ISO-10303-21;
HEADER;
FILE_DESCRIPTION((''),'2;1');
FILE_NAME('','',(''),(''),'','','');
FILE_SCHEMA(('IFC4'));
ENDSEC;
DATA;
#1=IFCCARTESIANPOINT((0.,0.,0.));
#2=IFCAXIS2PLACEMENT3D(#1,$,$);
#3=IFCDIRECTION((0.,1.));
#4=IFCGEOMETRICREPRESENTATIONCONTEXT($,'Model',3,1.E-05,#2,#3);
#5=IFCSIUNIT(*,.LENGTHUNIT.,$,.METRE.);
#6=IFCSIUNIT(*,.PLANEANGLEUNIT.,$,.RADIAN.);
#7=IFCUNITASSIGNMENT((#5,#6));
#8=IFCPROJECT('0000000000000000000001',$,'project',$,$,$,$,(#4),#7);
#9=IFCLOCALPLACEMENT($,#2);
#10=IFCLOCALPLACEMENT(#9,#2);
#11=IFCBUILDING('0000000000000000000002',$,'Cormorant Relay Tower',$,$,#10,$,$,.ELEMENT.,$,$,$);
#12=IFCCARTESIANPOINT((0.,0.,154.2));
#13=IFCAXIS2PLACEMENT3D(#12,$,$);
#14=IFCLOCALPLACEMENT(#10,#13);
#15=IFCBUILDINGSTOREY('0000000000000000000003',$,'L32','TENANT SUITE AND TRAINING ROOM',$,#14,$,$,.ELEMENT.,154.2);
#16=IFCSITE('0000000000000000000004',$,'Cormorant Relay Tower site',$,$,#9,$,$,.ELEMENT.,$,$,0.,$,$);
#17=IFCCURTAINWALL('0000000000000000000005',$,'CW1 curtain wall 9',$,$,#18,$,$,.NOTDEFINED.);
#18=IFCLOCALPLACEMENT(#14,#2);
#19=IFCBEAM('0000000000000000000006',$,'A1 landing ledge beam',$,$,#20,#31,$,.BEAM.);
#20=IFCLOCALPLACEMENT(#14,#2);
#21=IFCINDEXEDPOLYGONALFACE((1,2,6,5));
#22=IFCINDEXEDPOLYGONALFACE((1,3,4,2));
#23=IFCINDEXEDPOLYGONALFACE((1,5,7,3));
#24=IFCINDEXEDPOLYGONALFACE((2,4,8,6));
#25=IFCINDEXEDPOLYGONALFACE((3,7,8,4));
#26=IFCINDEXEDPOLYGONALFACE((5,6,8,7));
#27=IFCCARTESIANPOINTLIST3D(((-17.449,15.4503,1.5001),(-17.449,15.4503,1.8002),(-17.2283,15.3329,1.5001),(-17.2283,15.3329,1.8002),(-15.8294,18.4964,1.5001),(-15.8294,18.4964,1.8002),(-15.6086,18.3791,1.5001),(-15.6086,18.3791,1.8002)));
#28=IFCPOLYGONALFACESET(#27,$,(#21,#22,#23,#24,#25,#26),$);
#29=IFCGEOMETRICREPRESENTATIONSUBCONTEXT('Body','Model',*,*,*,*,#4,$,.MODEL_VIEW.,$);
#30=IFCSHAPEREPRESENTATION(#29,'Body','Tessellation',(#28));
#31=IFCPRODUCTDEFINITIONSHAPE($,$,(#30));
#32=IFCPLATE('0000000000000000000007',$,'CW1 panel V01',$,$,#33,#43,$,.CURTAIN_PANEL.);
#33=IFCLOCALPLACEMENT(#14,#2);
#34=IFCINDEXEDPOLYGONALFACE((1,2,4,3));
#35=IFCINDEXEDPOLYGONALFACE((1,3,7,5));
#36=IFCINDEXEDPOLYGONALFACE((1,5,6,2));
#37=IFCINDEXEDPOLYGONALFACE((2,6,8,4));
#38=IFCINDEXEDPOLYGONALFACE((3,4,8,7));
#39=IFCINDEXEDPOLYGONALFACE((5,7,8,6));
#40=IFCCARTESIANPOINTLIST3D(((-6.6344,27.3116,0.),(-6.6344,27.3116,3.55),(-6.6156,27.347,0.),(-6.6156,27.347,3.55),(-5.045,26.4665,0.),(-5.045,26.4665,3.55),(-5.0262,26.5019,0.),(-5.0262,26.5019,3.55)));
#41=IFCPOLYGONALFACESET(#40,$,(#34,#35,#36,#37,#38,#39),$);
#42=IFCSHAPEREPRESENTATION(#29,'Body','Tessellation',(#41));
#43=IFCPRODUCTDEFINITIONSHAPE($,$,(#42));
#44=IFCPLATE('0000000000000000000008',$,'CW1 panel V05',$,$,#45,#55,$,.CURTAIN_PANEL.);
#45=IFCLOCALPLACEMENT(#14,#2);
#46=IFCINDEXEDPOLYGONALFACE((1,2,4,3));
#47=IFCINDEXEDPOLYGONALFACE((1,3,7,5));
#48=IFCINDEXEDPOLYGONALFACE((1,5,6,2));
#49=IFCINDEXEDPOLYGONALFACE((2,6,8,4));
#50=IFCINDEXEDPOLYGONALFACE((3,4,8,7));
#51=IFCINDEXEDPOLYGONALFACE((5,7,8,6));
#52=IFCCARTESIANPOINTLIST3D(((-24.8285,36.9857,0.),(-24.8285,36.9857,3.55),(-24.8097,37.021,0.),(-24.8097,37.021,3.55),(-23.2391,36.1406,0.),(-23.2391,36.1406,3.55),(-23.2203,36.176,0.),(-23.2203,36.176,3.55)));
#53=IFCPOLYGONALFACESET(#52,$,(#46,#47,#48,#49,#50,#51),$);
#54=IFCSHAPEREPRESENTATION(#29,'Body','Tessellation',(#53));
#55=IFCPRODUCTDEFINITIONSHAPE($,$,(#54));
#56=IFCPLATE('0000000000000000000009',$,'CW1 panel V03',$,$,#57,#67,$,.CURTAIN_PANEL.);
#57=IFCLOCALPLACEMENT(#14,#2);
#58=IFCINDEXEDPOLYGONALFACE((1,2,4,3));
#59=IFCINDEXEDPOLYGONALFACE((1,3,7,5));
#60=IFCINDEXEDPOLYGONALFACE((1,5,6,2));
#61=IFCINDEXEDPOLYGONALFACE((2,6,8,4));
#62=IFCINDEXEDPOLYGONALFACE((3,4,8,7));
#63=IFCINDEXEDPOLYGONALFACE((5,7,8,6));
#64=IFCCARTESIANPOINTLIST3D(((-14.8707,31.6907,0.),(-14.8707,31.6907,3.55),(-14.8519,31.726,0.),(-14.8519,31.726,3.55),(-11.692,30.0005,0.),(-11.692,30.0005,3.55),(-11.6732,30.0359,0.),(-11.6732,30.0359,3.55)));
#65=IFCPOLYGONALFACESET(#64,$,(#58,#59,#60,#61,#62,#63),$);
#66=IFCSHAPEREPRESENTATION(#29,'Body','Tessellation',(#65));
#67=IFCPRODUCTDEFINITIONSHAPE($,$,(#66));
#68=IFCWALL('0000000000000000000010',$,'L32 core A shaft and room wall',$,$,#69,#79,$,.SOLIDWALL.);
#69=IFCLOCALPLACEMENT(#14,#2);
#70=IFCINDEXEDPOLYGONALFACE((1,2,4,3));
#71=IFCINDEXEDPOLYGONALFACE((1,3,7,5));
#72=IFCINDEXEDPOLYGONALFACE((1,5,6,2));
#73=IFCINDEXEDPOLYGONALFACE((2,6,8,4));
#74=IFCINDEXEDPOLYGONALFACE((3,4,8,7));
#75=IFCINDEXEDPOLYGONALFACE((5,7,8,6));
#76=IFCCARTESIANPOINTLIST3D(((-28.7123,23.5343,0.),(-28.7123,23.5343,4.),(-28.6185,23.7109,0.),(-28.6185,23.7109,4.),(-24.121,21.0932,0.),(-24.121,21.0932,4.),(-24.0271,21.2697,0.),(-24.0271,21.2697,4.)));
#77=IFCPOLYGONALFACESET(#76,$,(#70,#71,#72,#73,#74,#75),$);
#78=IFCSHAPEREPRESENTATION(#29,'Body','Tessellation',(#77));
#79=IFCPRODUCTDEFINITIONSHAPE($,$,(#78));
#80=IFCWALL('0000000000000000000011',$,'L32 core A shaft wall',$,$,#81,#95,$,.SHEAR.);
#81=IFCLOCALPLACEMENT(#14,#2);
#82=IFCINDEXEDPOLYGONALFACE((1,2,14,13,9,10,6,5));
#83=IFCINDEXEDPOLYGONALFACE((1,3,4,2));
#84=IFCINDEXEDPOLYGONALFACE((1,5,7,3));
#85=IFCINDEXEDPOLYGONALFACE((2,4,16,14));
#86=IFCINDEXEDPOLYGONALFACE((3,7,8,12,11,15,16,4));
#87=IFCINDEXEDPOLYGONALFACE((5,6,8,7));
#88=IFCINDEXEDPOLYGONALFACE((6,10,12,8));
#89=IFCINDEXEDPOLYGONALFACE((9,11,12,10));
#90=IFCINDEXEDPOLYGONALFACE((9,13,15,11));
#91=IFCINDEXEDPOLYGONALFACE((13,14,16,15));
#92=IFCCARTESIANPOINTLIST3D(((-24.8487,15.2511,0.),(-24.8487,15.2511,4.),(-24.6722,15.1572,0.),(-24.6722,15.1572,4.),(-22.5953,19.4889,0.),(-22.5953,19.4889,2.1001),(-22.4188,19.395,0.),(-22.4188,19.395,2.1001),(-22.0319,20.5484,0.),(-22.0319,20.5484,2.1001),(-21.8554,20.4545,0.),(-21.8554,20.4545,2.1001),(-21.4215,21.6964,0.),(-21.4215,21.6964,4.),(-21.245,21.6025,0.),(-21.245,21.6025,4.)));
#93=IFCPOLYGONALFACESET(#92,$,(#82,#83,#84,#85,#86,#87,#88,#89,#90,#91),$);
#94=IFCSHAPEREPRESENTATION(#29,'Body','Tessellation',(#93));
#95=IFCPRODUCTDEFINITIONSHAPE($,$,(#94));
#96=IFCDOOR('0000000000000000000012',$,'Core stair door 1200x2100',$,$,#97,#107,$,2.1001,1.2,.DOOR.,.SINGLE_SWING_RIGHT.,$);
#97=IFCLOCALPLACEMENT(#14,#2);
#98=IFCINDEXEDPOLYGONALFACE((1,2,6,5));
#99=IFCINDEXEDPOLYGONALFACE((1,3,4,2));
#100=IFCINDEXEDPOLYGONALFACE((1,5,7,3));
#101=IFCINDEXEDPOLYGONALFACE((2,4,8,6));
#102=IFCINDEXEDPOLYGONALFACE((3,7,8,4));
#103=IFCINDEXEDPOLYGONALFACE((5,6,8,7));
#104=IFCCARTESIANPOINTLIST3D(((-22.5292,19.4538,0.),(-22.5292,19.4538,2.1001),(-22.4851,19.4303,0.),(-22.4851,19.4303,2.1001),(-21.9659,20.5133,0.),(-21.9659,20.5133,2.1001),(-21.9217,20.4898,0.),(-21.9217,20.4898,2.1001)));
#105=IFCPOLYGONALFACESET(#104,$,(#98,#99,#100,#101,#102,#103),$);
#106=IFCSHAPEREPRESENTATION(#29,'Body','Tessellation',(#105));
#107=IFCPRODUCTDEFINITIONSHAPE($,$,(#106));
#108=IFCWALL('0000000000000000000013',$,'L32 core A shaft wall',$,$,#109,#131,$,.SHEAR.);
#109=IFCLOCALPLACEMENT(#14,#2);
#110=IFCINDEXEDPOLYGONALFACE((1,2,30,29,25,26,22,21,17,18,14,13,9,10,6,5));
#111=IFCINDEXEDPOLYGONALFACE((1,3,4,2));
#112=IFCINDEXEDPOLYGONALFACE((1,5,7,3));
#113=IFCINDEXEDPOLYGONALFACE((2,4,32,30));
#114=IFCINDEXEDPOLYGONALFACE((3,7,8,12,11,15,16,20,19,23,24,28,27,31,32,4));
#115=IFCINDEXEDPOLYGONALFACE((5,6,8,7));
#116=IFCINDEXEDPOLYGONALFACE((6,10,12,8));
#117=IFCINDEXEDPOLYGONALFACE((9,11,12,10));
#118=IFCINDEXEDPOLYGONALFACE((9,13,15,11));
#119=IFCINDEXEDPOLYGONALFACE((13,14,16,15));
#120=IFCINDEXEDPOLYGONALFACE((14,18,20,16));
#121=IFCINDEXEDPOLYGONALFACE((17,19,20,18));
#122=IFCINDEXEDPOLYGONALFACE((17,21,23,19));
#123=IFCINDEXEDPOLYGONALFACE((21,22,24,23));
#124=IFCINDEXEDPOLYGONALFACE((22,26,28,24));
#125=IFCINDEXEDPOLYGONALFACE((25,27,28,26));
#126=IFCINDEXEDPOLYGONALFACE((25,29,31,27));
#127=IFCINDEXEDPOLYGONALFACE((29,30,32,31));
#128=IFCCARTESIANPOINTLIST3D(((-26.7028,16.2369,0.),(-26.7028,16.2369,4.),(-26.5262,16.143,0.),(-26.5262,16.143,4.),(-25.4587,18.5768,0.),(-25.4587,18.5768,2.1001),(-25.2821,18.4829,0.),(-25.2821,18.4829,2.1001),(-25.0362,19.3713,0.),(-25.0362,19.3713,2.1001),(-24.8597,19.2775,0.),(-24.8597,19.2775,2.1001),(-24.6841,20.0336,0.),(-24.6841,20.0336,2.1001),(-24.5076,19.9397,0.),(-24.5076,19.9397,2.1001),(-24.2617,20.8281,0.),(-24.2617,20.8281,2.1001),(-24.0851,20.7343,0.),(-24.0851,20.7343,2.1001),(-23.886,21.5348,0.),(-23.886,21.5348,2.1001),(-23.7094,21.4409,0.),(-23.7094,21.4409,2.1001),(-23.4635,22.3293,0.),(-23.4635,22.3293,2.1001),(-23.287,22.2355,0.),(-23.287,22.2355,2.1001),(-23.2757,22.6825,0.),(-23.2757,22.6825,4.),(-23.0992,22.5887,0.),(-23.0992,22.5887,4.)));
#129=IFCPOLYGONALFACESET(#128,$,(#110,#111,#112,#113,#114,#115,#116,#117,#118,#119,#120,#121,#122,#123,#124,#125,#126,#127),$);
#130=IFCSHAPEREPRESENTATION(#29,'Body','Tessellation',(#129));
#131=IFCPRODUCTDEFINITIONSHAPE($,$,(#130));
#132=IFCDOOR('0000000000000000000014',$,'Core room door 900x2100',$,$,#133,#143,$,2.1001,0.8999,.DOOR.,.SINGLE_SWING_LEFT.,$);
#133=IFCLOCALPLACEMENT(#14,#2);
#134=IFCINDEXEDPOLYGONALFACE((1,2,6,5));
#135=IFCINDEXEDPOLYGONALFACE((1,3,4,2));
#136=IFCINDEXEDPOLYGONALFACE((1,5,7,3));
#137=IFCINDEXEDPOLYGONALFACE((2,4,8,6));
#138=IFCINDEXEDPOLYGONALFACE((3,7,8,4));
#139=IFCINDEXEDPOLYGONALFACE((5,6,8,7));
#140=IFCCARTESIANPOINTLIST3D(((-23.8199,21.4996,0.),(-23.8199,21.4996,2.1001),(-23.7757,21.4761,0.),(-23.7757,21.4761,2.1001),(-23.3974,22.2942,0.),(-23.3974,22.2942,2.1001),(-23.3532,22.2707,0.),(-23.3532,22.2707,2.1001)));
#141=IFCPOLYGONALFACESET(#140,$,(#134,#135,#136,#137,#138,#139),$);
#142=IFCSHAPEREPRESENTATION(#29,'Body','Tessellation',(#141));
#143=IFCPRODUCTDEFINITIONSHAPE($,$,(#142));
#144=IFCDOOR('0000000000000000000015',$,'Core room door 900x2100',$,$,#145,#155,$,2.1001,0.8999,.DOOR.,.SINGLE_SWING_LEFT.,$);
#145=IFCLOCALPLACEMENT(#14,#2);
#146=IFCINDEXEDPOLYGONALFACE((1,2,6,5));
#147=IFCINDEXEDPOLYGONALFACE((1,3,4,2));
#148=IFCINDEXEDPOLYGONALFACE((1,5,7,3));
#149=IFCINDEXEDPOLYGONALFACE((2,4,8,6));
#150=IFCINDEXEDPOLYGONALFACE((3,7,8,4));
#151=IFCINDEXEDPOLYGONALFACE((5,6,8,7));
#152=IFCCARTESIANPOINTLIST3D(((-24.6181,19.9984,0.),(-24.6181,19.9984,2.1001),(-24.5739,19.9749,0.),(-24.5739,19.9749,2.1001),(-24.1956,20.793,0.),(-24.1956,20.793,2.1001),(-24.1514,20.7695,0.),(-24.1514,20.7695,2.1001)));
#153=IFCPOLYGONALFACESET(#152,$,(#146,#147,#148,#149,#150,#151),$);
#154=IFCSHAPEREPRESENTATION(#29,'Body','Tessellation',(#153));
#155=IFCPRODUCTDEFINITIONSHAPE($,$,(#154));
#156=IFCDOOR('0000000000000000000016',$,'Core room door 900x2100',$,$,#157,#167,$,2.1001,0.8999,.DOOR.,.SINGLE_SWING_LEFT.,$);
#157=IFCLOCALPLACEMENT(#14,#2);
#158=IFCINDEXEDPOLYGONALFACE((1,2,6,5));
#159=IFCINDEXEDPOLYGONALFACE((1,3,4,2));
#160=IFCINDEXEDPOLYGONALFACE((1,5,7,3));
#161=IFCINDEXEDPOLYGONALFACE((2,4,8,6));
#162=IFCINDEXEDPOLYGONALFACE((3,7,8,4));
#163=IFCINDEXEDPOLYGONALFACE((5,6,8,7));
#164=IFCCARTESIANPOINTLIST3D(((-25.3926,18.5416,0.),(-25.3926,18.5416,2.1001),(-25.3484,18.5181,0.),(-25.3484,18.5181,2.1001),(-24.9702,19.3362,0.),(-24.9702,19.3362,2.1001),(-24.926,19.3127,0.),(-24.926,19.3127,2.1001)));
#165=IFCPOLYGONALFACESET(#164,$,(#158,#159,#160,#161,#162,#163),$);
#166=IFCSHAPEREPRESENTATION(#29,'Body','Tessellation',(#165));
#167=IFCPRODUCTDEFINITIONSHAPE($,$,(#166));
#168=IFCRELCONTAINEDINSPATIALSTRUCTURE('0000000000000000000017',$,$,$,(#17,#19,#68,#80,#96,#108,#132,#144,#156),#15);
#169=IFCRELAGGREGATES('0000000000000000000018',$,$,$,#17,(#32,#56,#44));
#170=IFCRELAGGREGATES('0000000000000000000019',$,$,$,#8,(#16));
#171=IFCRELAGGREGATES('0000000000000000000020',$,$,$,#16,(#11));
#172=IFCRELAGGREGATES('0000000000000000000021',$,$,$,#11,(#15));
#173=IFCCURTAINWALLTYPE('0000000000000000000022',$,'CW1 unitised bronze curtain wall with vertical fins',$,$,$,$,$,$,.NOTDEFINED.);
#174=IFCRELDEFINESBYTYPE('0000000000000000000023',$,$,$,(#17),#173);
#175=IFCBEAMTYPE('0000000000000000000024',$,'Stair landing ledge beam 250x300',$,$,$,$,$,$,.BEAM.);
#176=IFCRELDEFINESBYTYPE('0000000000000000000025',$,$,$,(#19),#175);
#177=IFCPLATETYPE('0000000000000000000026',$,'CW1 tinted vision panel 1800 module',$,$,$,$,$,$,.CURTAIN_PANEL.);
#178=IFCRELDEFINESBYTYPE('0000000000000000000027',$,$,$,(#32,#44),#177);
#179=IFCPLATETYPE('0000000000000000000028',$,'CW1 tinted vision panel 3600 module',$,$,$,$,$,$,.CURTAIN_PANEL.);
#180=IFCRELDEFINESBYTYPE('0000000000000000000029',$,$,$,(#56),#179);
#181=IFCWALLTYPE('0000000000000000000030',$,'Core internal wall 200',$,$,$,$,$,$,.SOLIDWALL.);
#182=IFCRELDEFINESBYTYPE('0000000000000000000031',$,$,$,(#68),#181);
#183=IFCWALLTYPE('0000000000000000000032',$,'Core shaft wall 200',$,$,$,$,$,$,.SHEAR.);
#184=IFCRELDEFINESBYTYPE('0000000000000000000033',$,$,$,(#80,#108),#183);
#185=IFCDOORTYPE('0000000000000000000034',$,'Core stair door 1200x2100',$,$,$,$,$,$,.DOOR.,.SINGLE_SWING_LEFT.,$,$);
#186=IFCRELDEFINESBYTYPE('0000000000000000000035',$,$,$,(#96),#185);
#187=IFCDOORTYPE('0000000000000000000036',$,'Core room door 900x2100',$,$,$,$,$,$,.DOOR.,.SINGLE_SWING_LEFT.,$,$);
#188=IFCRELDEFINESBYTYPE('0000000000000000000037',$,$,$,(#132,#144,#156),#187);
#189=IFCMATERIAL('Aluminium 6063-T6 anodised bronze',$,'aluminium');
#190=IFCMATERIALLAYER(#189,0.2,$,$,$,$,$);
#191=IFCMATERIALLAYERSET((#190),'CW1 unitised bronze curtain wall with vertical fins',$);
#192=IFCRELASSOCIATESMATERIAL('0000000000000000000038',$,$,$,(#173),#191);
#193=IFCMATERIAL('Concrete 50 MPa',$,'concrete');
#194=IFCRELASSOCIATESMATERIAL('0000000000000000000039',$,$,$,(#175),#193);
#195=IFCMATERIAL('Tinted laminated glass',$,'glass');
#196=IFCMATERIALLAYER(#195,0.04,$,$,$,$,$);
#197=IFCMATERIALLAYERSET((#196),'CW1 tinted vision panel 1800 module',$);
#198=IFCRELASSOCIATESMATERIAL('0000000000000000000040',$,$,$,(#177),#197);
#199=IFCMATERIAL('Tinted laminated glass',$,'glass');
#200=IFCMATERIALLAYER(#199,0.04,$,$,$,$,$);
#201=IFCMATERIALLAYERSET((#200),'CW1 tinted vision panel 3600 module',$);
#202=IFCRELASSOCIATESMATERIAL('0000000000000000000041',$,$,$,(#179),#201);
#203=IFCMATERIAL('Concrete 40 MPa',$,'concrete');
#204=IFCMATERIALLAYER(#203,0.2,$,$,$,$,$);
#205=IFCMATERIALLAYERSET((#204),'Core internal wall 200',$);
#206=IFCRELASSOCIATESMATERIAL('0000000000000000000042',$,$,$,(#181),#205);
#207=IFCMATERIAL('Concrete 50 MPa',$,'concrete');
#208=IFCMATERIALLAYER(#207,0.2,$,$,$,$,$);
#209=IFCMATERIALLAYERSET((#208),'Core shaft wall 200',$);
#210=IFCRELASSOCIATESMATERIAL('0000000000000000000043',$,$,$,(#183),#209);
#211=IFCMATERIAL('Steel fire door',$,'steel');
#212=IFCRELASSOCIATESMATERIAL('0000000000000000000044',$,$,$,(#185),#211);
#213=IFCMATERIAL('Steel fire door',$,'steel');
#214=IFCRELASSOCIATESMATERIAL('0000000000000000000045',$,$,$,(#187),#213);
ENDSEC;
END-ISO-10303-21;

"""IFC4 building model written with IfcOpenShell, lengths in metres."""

from ifc_helpers import new_model, si_unit, direction, frame, frame_2d, origin, origin_2d, place, context, subcontext, project, spatial, rectangle, extrude, material, layer, layer_set, material_profile, profile_set, type_object, element, fill, aggregate, save


model = new_model("IFC4")

# Units and contexts
model_context = context("Model", 3, precision=1e-05, world=origin(), true_north=direction((0.0, 1.0)))
body_context = subcontext(model_context, "Body", "Model", "MODEL_VIEW")
ifc_project = project(units=[si_unit("LENGTHUNIT", "METRE"), si_unit("PLANEANGLEUNIT", "RADIAN")], contexts=[model_context])

# Site, building, storey
site_placement = place(None, origin())
site = spatial("IfcSite", under=ifc_project, at=site_placement, Name="Cormorant Relay Tower site", CompositionType="ELEMENT", RefElevation=0.0)
building_placement = place(site_placement, origin())
building = spatial("IfcBuilding", under=site, at=building_placement, Name="Cormorant Relay Tower", CompositionType="ELEMENT")
storey_placement = place(building_placement, frame((0.0, 0.0, 154.2)))
storey = spatial("IfcBuildingStorey", under=building, at=storey_placement, Name="L32", Description="TENANT SUITE AND TRAINING ROOM", CompositionType="ELEMENT", Elevation=154.2)

# Curtain wall
ifc_material_1 = material(Name="Aluminium 6063-T6 anodised bronze", Category="aluminium")
ifc_layer_1 = layer(ifc_material_1, 0.2)
ifc_layer_set_1 = layer_set([ifc_layer_1], Name="CW1 unitised bronze curtain wall with vertical fins")
curtain_wall_type = type_object("IfcCurtainWallType", Name="CW1 unitised bronze curtain wall with vertical fins", PredefinedType="NOTDEFINED", material=ifc_layer_set_1)
curtain_wall_placement = place(storey_placement, origin())
curtain_wall = element("IfcCurtainWall", 1, at=curtain_wall_placement, inside=storey, type_object=curtain_wall_type, Name="CW1 curtain wall 9", PredefinedType="NOTDEFINED")

# Beam
ifc_material_2 = material(Name="Concrete 50 MPa", Category="concrete")
ifc_material_profile_1 = material_profile(ifc_material_2, rectangle(XDim=0.25, YDim=0.3, at=origin_2d()), Name="RC 250x300")
ifc_profile_set_1 = profile_set([ifc_material_profile_1], Name="Concrete 50 MPa")
beam_type_1 = type_object("IfcBeamType", Name="Stair landing ledge beam 250x300", PredefinedType="BEAM", material=ifc_profile_set_1)
beam_1_placement = place(storey_placement, frame((-17.3386, 15.3916, 1.6501), z_axis=(0.469464, 0.882952, 0.0), x_axis=(-0.882952, 0.469464, 0.0)))
element("IfcBeam", 2, at=beam_1_placement, inside=storey, type_object=beam_type_1, Name="A1 landing ledge beam", PredefinedType="BEAM", context=body_context, shape_type="SweptSolid", body=[
    extrude(rectangle(XDim=0.25, YDim=0.3, at=origin_2d()), origin(), (0.0, 0.0, 1.0), 3.45),
])

# Plates
ifc_material_3 = material(Name="Tinted laminated glass", Category="glass")
ifc_layer_2 = layer(ifc_material_3, 0.04)
ifc_layer_set_2 = layer_set([ifc_layer_2], Name="CW1 tinted vision panel 1800 module")
plate_type_1 = type_object("IfcPlateType", Name="CW1 tinted vision panel 1800 module", PredefinedType="CURTAIN_PANEL", material=ifc_layer_set_2)
plate_1_placement = place(storey_placement, frame((-5.8303, 26.9067, 0.0), z_axis=(0.0, 0.0, 1.0), x_axis=(-0.882948, 0.469472, 0.0)))
plate_1 = element("IfcPlate", 3, at=plate_1_placement, type_object=plate_type_1, Name="CW1 panel V01", PredefinedType="CURTAIN_PANEL", context=body_context, shape_type="SweptSolid", body=[
    extrude(rectangle(XDim=1.8, YDim=0.04, at=origin_2d()), origin(), (0.0, 0.0, 1.0), 3.55),
])
plate_2_placement = place(storey_placement, frame((-24.0244, 36.5808, 0.0), z_axis=(0.0, 0.0, 1.0), x_axis=(-0.882948, 0.469472, 0.0)))
plate_2 = element("IfcPlate", 4, at=plate_2_placement, type_object=plate_type_1, Name="CW1 panel V05", PredefinedType="CURTAIN_PANEL", context=body_context, shape_type="SweptSolid", body=[
    extrude(rectangle(XDim=1.8, YDim=0.04, at=origin_2d()), origin(), (0.0, 0.0, 1.0), 3.55),
])
ifc_material_4 = material(Name="Tinted laminated glass", Category="glass")
ifc_layer_3 = layer(ifc_material_4, 0.04)
ifc_layer_set_3 = layer_set([ifc_layer_3], Name="CW1 tinted vision panel 3600 module")
plate_type_2 = type_object("IfcPlateType", Name="CW1 tinted vision panel 3600 module", PredefinedType="CURTAIN_PANEL", material=ifc_layer_set_3)
plate_3_placement = place(storey_placement, frame((-13.272, 30.8633, 0.0), z_axis=(0.0, 0.0, 1.0), x_axis=(-0.882948, 0.469472, 0.0)))
plate_3 = element("IfcPlate", 5, at=plate_3_placement, type_object=plate_type_2, Name="CW1 panel V03", PredefinedType="CURTAIN_PANEL", context=body_context, shape_type="SweptSolid", body=[
    extrude(rectangle(XDim=3.6001, YDim=0.04, at=origin_2d()), origin(), (0.0, 0.0, 1.0), 3.55),
])

# Wall
ifc_material_5 = material(Name="Concrete 40 MPa", Category="concrete")
ifc_layer_4 = layer(ifc_material_5, 0.2)
ifc_layer_set_4 = layer_set([ifc_layer_4], Name="Core internal wall 200")
wall_type_1 = type_object("IfcWallType", Name="Core internal wall 200", PredefinedType="SOLIDWALL", material=ifc_layer_set_4)
wall_1_placement = place(storey_placement, frame((-24.074, 21.1814, 0.0), z_axis=(0.0, 0.0, 1.0), x_axis=(-0.882954, 0.46946, 0.0)))
element("IfcWall", 6, at=wall_1_placement, inside=storey, type_object=wall_type_1, Name="L32 core A shaft and room wall", PredefinedType="SOLIDWALL", context=body_context, shape_type="SweptSolid", body=[
    extrude(rectangle(XDim=5.2, YDim=0.2, at=frame_2d((2.6001, 0.0))), origin(), (0.0, 0.0, 1.0), 4.0),
])

# Wall, opening, door
ifc_material_6 = material(Name="Concrete 50 MPa", Category="concrete")
ifc_layer_5 = layer(ifc_material_6, 0.2)
ifc_layer_set_5 = layer_set([ifc_layer_5], Name="Core shaft wall 200")
wall_type_2 = type_object("IfcWallType", Name="Core shaft wall 200", PredefinedType="SHEAR", material=ifc_layer_set_5)
wall_2_placement = place(storey_placement, frame((-21.3333, 21.6494, 0.0), z_axis=(0.0, 0.0, 1.0), x_axis=(-0.469494, -0.882936, 0.0)))
wall_2 = element("IfcWall", 7, at=wall_2_placement, inside=storey, type_object=wall_type_2, Name="L32 core A shaft wall", PredefinedType="SHEAR", context=body_context, shape_type="SweptSolid", body=[
    extrude(rectangle(XDim=7.2998, YDim=0.2, at=frame_2d((3.6499, 0.0))), origin(), (0.0, 0.0, 1.0), 4.0),
])
opening_1_placement = place(wall_2_placement, frame((1.3, 0.0, 0.0)))
opening_1 = element("IfcOpeningElement", 8, at=opening_1_placement, cuts=wall_2, PredefinedType="OPENING", context=body_context, shape_type="SweptSolid", body=[
    extrude(rectangle(XDim=1.2, YDim=2.1001, at=frame_2d((0.6001, 1.05))), frame((0.0, 0.1099, 0.0), z_axis=(0.0, -1.0, 0.0), x_axis=(1.0, 0.0, 0.0)), (0.0, 0.0, 1.0), 0.22),
])
ifc_material_7 = material(Name="Steel fire door", Category="steel")
door_type_1 = type_object("IfcDoorType", Name="Core stair door 1200x2100", OperationType="SINGLE_SWING_LEFT", PredefinedType="DOOR", material=ifc_material_7)
door_1_placement = place(opening_1_placement, origin())
door_1 = element("IfcDoor", 9, at=door_1_placement, inside=storey, type_object=door_type_1, Name="Core stair door 1200x2100", OperationType="SINGLE_SWING_RIGHT", OverallHeight=2.1001, OverallWidth=1.2, PredefinedType="DOOR", context=body_context, shape_type="SweptSolid", body=[
    extrude(rectangle(XDim=1.2, YDim=2.1001, at=frame_2d((0.6001, 1.05))), frame((0.0, 0.0249, 0.0), z_axis=(0.0, -1.0, 0.0), x_axis=(1.0, 0.0, 0.0)), (0.0, 0.0, 1.0), 0.05),
])
fill(opening_1, door_1)

# Wall, openings, doors
wall_3_placement = place(storey_placement, frame((-23.1875, 22.6355, 0.0), z_axis=(0.0, 0.0, 1.0), x_axis=(-0.469454, -0.882957, 0.0)))
wall_3 = element("IfcWall", 10, at=wall_3_placement, inside=storey, type_object=wall_type_2, Name="L32 core A shaft wall", PredefinedType="SHEAR", context=body_context, shape_type="SweptSolid", body=[
    extrude(rectangle(XDim=7.3, YDim=0.2, at=frame_2d((3.6499, 0.0))), origin(), (0.0, 0.0, 1.0), 4.0),
])
opening_2_placement = place(wall_3_placement, frame((0.3999, 0.0, 0.0)))
opening_2 = element("IfcOpeningElement", 11, at=opening_2_placement, cuts=wall_3, PredefinedType="OPENING", context=body_context, shape_type="SweptSolid", body=[
    extrude(rectangle(XDim=0.8999, YDim=2.1001, at=frame_2d((0.45, 1.05))), frame((0.0, 0.1099, 0.0), z_axis=(0.0, -1.0, 0.0), x_axis=(1.0, 0.0, 0.0)), (0.0, 0.0, 1.0), 0.22),
])
opening_3_placement = place(wall_3_placement, frame((2.1001, 0.0, 0.0)))
opening_3 = element("IfcOpeningElement", 12, at=opening_3_placement, cuts=wall_3, PredefinedType="OPENING", context=body_context, shape_type="SweptSolid", body=[
    extrude(rectangle(XDim=0.8999, YDim=2.1001, at=frame_2d((0.45, 1.05))), frame((0.0, 0.1099, 0.0), z_axis=(0.0, -1.0, 0.0), x_axis=(1.0, 0.0, 0.0)), (0.0, 0.0, 1.0), 0.22),
])
opening_4_placement = place(wall_3_placement, frame((3.75, 0.0, 0.0)))
opening_4 = element("IfcOpeningElement", 13, at=opening_4_placement, cuts=wall_3, PredefinedType="OPENING", context=body_context, shape_type="SweptSolid", body=[
    extrude(rectangle(XDim=0.8999, YDim=2.1001, at=frame_2d((0.45, 1.05))), frame((0.0, 0.1099, 0.0), z_axis=(0.0, -1.0, 0.0), x_axis=(1.0, 0.0, 0.0)), (0.0, 0.0, 1.0), 0.22),
])
ifc_material_8 = material(Name="Steel fire door", Category="steel")
door_type_2 = type_object("IfcDoorType", Name="Core room door 900x2100", OperationType="SINGLE_SWING_LEFT", PredefinedType="DOOR", material=ifc_material_8)
door_2_placement = place(opening_2_placement, origin())
door_2 = element("IfcDoor", 14, at=door_2_placement, inside=storey, type_object=door_type_2, Name="Core room door 900x2100", OperationType="SINGLE_SWING_LEFT", OverallHeight=2.1001, OverallWidth=0.8999, PredefinedType="DOOR", context=body_context, shape_type="SweptSolid", body=[
    extrude(rectangle(XDim=0.8999, YDim=2.1001, at=frame_2d((0.45, 1.05))), frame((0.0, 0.0249, 0.0), z_axis=(0.0, -1.0, 0.0), x_axis=(1.0, 0.0, 0.0)), (0.0, 0.0, 1.0), 0.05),
])
fill(opening_2, door_2)
door_3_placement = place(opening_3_placement, origin())
door_3 = element("IfcDoor", 15, at=door_3_placement, inside=storey, type_object=door_type_2, Name="Core room door 900x2100", OperationType="SINGLE_SWING_LEFT", OverallHeight=2.1001, OverallWidth=0.8999, PredefinedType="DOOR", context=body_context, shape_type="SweptSolid", body=[
    extrude(rectangle(XDim=0.8999, YDim=2.1001, at=frame_2d((0.45, 1.05))), frame((0.0, 0.0249, 0.0), z_axis=(0.0, -1.0, 0.0), x_axis=(1.0, 0.0, 0.0)), (0.0, 0.0, 1.0), 0.05),
])
fill(opening_3, door_3)
door_4_placement = place(opening_4_placement, origin())
door_4 = element("IfcDoor", 16, at=door_4_placement, inside=storey, type_object=door_type_2, Name="Core room door 900x2100", OperationType="SINGLE_SWING_LEFT", OverallHeight=2.1001, OverallWidth=0.8999, PredefinedType="DOOR", context=body_context, shape_type="SweptSolid", body=[
    extrude(rectangle(XDim=0.8999, YDim=2.1001, at=frame_2d((0.45, 1.05))), frame((0.0, 0.0249, 0.0), z_axis=(0.0, -1.0, 0.0), x_axis=(1.0, 0.0, 0.0)), (0.0, 0.0, 1.0), 0.05),
])
fill(opening_4, door_4)

aggregate(curtain_wall, [plate_1, plate_3, plate_2])

save(model, "model.ifc")
